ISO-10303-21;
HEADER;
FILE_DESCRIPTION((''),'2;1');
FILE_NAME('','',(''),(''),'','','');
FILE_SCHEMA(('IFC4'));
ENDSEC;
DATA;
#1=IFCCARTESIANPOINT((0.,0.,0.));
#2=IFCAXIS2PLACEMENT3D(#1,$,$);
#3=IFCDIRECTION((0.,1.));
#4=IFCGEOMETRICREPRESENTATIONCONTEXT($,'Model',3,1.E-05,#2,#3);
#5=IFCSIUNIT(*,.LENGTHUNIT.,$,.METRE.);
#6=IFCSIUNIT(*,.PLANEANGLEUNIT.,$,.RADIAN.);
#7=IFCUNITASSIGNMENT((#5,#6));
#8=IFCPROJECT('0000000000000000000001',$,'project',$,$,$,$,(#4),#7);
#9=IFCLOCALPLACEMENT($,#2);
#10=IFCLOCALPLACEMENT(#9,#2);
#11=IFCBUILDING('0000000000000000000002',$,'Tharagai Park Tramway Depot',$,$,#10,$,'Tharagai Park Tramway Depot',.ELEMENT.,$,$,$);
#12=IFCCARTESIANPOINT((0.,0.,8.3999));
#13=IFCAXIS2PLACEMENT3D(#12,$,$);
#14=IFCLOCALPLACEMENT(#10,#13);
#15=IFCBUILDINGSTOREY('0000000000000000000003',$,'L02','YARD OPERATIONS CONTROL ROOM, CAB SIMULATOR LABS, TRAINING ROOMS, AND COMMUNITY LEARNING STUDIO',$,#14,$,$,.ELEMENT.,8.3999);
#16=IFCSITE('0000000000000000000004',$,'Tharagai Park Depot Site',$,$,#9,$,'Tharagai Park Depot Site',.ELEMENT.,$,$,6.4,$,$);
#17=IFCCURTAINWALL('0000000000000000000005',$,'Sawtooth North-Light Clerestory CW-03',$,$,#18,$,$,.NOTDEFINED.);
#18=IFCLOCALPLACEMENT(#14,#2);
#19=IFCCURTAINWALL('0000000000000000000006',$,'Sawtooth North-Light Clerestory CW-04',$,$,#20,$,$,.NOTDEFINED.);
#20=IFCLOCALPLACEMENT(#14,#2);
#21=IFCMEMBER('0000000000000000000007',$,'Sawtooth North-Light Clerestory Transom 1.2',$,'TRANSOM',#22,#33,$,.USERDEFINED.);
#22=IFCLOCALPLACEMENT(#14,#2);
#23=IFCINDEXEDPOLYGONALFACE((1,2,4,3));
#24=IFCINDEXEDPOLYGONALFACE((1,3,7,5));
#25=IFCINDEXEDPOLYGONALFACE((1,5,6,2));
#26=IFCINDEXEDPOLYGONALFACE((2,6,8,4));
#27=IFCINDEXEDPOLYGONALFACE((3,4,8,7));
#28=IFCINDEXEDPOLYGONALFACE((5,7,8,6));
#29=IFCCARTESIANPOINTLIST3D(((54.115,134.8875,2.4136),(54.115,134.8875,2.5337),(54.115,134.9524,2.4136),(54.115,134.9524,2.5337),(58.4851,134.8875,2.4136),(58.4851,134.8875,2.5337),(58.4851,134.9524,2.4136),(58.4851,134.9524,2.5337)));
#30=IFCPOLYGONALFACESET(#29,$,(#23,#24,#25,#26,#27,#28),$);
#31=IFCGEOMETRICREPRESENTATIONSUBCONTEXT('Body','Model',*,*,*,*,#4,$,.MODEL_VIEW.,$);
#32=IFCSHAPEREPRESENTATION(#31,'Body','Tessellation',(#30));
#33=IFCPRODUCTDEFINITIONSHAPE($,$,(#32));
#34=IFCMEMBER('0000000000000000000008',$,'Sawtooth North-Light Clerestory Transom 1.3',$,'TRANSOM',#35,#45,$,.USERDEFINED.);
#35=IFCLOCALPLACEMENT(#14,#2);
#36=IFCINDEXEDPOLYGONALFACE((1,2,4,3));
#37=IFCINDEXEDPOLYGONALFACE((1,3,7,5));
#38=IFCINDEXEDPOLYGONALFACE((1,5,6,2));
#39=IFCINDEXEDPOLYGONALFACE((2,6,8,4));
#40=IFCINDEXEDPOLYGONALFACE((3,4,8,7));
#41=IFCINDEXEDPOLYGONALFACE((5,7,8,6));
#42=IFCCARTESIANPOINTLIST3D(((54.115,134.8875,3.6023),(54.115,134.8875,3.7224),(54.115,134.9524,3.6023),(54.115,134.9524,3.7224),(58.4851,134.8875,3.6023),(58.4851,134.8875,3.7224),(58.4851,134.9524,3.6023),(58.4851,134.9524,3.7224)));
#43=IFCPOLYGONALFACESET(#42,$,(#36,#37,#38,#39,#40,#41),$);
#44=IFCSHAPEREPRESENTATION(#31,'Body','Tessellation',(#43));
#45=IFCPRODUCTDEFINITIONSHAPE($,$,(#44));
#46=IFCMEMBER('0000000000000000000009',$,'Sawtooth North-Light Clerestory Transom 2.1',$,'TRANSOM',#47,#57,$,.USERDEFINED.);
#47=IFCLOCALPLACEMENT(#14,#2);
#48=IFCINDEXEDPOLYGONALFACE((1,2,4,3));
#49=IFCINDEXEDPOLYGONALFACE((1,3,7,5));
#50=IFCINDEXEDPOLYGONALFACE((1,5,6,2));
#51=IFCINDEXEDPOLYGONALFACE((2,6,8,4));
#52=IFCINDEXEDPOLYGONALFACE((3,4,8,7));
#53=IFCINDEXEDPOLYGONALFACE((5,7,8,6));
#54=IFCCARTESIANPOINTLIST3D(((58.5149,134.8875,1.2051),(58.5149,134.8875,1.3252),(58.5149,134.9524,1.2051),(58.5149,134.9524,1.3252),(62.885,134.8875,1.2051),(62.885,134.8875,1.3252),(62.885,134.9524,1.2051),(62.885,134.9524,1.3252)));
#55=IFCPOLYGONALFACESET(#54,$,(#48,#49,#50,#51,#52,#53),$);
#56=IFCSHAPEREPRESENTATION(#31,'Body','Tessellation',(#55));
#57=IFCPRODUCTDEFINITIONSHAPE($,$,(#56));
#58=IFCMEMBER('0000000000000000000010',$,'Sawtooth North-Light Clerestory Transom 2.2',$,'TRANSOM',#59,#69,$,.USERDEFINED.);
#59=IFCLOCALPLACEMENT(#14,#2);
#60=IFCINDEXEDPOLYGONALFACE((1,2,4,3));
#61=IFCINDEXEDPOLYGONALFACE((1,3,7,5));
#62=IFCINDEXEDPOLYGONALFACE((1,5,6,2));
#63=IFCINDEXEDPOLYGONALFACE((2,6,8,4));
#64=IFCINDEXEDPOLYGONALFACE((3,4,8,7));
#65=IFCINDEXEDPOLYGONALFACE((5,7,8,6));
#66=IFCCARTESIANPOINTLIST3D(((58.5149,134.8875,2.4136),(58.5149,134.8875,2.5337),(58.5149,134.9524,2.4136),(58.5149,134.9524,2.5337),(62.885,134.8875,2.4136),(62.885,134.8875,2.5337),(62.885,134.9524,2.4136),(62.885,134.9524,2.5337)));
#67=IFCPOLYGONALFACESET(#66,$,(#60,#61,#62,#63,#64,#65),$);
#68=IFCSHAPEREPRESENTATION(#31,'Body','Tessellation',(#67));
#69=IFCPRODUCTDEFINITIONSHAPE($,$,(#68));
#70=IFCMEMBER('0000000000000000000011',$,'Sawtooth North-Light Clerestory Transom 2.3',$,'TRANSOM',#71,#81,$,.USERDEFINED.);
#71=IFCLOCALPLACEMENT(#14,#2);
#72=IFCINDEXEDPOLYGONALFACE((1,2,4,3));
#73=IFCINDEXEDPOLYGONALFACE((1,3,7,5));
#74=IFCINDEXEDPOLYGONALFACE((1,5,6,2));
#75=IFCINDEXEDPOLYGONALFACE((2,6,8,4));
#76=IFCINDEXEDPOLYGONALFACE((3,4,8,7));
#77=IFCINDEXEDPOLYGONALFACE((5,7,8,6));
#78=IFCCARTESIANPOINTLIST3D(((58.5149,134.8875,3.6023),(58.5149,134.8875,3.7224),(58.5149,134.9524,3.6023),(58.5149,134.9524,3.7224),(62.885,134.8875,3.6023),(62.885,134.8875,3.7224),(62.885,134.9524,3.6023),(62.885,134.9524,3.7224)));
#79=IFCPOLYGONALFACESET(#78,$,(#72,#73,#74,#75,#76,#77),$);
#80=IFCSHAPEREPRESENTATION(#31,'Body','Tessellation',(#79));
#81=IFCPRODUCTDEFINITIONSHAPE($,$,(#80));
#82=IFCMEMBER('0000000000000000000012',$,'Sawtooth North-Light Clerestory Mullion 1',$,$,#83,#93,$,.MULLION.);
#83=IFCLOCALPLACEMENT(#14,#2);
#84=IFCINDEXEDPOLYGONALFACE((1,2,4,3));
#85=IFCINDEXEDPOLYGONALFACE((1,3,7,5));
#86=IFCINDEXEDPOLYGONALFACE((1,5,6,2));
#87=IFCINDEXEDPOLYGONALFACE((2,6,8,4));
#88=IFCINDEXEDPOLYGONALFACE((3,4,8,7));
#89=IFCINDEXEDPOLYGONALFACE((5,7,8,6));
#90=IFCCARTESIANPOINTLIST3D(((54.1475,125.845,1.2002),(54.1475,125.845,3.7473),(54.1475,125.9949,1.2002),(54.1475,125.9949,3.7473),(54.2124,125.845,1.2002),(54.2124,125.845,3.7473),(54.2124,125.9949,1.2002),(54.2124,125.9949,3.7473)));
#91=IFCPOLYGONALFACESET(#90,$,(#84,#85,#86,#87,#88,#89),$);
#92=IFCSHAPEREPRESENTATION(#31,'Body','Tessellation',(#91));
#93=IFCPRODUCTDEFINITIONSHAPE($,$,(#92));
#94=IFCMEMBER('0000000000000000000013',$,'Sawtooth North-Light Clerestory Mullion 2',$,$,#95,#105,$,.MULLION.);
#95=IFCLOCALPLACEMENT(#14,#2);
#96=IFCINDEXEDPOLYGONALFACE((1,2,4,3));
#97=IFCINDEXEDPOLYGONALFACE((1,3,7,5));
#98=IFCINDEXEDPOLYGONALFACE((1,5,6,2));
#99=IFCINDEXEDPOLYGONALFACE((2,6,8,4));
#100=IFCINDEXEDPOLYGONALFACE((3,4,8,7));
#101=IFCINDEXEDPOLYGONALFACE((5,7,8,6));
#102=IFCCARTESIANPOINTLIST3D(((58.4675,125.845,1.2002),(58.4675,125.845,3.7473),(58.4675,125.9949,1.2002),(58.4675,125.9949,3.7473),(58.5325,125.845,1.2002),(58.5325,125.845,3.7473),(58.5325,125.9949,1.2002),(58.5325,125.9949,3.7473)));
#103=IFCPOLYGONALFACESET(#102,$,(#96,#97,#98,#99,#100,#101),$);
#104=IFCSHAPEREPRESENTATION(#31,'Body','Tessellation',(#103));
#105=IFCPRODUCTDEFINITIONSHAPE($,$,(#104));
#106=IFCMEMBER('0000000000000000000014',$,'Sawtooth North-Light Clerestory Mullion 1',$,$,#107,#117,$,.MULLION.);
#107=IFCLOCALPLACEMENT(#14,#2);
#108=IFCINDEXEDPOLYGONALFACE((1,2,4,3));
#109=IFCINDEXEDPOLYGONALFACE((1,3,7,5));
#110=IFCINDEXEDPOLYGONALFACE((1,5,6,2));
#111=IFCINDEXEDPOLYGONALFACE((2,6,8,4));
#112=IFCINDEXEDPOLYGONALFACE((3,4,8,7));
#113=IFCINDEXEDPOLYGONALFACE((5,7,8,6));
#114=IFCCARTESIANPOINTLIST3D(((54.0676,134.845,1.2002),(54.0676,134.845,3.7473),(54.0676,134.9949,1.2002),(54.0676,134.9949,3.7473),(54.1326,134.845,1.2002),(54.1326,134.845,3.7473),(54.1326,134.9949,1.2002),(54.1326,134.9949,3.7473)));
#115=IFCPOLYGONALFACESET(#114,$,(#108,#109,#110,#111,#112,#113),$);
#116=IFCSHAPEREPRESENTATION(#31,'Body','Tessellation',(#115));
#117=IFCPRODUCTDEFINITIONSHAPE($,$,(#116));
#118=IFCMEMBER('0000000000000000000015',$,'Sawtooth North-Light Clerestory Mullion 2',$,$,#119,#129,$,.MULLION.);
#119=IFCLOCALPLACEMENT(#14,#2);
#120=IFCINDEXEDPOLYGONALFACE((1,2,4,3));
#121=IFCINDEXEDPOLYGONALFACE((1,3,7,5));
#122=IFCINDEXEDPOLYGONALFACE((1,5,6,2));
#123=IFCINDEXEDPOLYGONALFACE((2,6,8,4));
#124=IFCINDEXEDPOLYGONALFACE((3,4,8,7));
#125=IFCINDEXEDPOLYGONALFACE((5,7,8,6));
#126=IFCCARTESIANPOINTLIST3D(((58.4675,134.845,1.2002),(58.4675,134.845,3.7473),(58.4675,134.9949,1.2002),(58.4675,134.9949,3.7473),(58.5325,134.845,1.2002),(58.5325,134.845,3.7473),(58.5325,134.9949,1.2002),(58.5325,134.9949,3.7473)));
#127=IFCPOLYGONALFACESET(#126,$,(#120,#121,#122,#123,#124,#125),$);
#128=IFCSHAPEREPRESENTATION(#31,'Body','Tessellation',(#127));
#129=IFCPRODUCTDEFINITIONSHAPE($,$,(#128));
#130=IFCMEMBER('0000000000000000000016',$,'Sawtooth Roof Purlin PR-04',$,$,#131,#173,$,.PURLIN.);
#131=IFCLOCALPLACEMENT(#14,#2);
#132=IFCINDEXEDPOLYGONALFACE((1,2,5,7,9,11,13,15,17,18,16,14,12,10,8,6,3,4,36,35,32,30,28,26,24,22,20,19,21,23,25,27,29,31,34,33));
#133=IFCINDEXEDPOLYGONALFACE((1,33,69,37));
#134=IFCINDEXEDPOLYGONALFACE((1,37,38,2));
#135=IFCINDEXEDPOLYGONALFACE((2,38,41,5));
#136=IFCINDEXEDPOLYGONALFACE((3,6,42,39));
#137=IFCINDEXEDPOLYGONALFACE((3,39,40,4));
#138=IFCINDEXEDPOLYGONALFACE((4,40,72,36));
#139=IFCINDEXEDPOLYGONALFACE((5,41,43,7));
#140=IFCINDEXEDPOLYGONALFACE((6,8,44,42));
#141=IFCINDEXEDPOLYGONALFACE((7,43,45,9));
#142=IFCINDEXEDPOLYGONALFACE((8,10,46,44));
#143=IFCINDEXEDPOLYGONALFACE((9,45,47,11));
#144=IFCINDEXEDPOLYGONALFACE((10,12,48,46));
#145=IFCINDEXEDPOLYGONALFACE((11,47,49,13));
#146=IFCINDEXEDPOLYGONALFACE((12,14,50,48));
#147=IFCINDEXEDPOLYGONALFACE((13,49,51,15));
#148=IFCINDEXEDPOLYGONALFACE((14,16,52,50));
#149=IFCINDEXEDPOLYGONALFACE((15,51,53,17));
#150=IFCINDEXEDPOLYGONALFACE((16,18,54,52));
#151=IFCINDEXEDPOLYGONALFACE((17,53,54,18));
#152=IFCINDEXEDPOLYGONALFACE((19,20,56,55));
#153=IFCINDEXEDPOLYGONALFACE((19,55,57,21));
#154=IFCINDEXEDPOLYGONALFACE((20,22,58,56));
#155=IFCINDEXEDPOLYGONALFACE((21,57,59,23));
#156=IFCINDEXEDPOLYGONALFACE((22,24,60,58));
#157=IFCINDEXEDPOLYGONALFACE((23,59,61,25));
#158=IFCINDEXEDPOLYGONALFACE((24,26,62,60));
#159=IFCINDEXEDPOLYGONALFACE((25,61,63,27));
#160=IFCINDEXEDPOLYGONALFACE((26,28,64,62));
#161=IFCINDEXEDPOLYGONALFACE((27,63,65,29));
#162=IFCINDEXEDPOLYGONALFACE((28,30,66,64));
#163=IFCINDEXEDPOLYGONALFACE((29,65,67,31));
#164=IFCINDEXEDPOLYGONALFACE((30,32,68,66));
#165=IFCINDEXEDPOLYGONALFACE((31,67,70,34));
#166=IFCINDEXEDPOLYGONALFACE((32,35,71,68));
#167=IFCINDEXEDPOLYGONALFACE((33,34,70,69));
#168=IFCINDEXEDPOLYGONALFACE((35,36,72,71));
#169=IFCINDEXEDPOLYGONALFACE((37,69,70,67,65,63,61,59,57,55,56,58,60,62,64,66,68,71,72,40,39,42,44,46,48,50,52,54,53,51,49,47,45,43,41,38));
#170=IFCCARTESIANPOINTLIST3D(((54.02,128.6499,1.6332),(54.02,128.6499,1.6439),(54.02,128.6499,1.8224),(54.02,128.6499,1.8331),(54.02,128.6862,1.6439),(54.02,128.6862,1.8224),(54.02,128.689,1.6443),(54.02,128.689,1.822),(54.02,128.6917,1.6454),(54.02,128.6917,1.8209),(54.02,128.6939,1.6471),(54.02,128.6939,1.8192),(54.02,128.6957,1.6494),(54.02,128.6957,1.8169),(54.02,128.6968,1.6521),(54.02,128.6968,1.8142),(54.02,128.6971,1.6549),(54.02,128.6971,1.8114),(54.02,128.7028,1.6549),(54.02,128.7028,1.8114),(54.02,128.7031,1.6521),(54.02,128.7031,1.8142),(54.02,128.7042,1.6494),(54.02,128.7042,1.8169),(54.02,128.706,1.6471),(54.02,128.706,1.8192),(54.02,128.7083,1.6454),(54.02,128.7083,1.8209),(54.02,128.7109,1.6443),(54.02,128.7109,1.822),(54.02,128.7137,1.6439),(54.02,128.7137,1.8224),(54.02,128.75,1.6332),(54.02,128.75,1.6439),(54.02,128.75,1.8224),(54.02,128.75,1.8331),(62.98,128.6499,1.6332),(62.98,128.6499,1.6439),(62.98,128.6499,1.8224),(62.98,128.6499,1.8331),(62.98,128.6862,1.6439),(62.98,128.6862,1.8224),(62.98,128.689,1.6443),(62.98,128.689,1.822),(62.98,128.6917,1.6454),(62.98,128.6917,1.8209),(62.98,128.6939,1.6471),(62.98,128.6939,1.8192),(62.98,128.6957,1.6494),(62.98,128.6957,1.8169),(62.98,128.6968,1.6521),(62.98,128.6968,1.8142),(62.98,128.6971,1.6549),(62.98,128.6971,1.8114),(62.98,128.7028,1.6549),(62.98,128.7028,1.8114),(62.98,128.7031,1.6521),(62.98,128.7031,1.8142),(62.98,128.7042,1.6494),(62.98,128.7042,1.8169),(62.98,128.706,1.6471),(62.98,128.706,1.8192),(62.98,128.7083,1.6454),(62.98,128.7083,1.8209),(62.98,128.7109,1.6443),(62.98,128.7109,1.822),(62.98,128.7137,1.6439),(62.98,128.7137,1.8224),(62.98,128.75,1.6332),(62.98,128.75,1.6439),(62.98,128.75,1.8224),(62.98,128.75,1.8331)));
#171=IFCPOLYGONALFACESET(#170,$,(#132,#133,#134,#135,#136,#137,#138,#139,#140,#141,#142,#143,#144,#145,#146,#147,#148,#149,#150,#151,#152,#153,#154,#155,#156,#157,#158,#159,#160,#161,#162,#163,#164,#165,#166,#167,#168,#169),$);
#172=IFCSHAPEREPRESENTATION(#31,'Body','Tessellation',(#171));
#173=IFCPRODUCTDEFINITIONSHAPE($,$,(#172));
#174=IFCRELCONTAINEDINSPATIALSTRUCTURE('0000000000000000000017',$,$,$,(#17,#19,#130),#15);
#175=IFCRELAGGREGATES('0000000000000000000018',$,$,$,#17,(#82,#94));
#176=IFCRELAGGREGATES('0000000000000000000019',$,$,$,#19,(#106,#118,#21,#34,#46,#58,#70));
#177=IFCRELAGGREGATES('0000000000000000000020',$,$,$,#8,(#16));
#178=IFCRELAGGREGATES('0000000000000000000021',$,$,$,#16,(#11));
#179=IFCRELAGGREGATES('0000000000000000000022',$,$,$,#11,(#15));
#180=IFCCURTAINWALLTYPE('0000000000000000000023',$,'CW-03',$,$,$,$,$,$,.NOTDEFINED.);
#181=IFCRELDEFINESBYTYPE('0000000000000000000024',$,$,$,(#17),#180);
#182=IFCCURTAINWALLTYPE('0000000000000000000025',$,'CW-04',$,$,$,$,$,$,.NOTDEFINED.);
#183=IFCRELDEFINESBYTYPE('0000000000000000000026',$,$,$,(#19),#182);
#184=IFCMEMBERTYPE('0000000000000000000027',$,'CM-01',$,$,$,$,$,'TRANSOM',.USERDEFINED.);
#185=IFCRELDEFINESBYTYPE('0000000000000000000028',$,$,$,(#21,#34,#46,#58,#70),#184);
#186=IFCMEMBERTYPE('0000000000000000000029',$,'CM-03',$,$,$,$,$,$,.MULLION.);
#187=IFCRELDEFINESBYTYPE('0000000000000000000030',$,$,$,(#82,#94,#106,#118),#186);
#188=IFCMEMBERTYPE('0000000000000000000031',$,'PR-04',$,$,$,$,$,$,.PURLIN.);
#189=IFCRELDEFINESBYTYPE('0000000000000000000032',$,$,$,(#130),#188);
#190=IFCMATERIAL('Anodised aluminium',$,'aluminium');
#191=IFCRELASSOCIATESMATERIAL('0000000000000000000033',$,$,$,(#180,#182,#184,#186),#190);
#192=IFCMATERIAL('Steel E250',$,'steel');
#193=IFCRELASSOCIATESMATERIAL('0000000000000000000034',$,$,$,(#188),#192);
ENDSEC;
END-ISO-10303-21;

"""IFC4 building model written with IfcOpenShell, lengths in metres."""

from ifc_helpers import new_model, si_unit, direction, frame, origin, origin_2d, place, context, subcontext, project, spatial, rectangle, i_section, extrude, material, material_profile, profile_set, type_object, element, aggregate, save


model = new_model("IFC4")

# Units and contexts
model_context = context("Model", 3, precision=1e-05, world=origin(), true_north=direction((0.0, 1.0)))
body_context = subcontext(model_context, "Body", "Model", "MODEL_VIEW")
ifc_project = project(units=[si_unit("LENGTHUNIT", "METRE"), si_unit("PLANEANGLEUNIT", "RADIAN")], contexts=[model_context])

# Site, building, storey
site_placement = place(None, origin())
site = spatial("IfcSite", under=ifc_project, at=site_placement, Name="Tharagai Park Depot Site", LongName="Tharagai Park Depot Site", CompositionType="ELEMENT", RefElevation=6.4)
building_placement = place(site_placement, origin())
building = spatial("IfcBuilding", under=site, at=building_placement, Name="Tharagai Park Tramway Depot", LongName="Tharagai Park Tramway Depot", CompositionType="ELEMENT")
storey_placement = place(building_placement, frame((0.0, 0.0, 8.3999)))
storey = spatial("IfcBuildingStorey", under=building, at=storey_placement, Name="L02", Description="YARD OPERATIONS CONTROL ROOM, CAB SIMULATOR LABS, TRAINING ROOMS, AND COMMUNITY LEARNING STUDIO", CompositionType="ELEMENT", Elevation=8.3999)

# Curtain walls, members
ifc_material_1 = material(Name="Anodised aluminium", Category="aluminium")
curtain_wall_type_1 = type_object("IfcCurtainWallType", Name="CW-03", PredefinedType="NOTDEFINED", material=ifc_material_1)
curtain_wall_1_placement = place(storey_placement, origin())
curtain_wall_1 = element("IfcCurtainWall", 1, at=curtain_wall_1_placement, inside=storey, type_object=curtain_wall_type_1, Name="Sawtooth North-Light Clerestory CW-03", PredefinedType="NOTDEFINED")
ifc_material_profile_1 = material_profile(ifc_material_1, rectangle(XDim=0.0649, YDim=0.1201, at=origin_2d()), Name="ALU 65x120")
ifc_profile_set_1 = profile_set([ifc_material_profile_1], Name="Anodised aluminium")
member_type_1 = type_object("IfcMemberType", Name="CM-01", ElementType="TRANSOM", PredefinedType="USERDEFINED", material=ifc_profile_set_1)
curtain_wall_type_2 = type_object("IfcCurtainWallType", Name="CW-04", PredefinedType="NOTDEFINED", material=ifc_material_1)
curtain_wall_2_placement = place(storey_placement, origin())
curtain_wall_2 = element("IfcCurtainWall", 2, at=curtain_wall_2_placement, inside=storey, type_object=curtain_wall_type_2, Name="Sawtooth North-Light Clerestory CW-04", PredefinedType="NOTDEFINED")
member_1_placement = place(storey_placement, frame((54.115, 134.9199, 2.4736), z_axis=(1.0, 0.0, 0.0), x_axis=(0.0, 1.0, 0.0)))
member_1 = element("IfcMember", 3, at=member_1_placement, type_object=member_type_1, Name="Sawtooth North-Light Clerestory Transom 1.2", ObjectType="TRANSOM", PredefinedType="USERDEFINED", context=body_context, shape_type="SweptSolid", body=[
    extrude(rectangle(XDim=0.0649, YDim=0.1201, at=origin_2d()), origin(), (0.0, 0.0, 1.0), 4.3701),
])
member_2_placement = place(storey_placement, frame((54.115, 134.9199, 3.6624), z_axis=(1.0, 0.0, 0.0), x_axis=(0.0, 1.0, 0.0)))
member_2 = element("IfcMember", 4, at=member_2_placement, type_object=member_type_1, Name="Sawtooth North-Light Clerestory Transom 1.3", ObjectType="TRANSOM", PredefinedType="USERDEFINED", context=body_context, shape_type="SweptSolid", body=[
    extrude(rectangle(XDim=0.0649, YDim=0.1201, at=origin_2d()), origin(), (0.0, 0.0, 1.0), 4.3701),
])
member_3_placement = place(storey_placement, frame((58.5149, 134.9199, 1.2651), z_axis=(1.0, 0.0, 0.0), x_axis=(0.0, 1.0, 0.0)))
member_3 = element("IfcMember", 5, at=member_3_placement, type_object=member_type_1, Name="Sawtooth North-Light Clerestory Transom 2.1", ObjectType="TRANSOM", PredefinedType="USERDEFINED", context=body_context, shape_type="SweptSolid", body=[
    extrude(rectangle(XDim=0.0649, YDim=0.1201, at=origin_2d()), origin(), (0.0, 0.0, 1.0), 4.3701),
])
member_4_placement = place(storey_placement, frame((58.5149, 134.9199, 2.4736), z_axis=(1.0, 0.0, 0.0), x_axis=(0.0, 1.0, 0.0)))
member_4 = element("IfcMember", 6, at=member_4_placement, type_object=member_type_1, Name="Sawtooth North-Light Clerestory Transom 2.2", ObjectType="TRANSOM", PredefinedType="USERDEFINED", context=body_context, shape_type="SweptSolid", body=[
    extrude(rectangle(XDim=0.0649, YDim=0.1201, at=origin_2d()), origin(), (0.0, 0.0, 1.0), 4.3701),
])
member_5_placement = place(storey_placement, frame((58.5149, 134.9199, 3.6624), z_axis=(1.0, 0.0, 0.0), x_axis=(0.0, 1.0, 0.0)))
member_5 = element("IfcMember", 7, at=member_5_placement, type_object=member_type_1, Name="Sawtooth North-Light Clerestory Transom 2.3", ObjectType="TRANSOM", PredefinedType="USERDEFINED", context=body_context, shape_type="SweptSolid", body=[
    extrude(rectangle(XDim=0.0649, YDim=0.1201, at=origin_2d()), origin(), (0.0, 0.0, 1.0), 4.3701),
])

# Members
ifc_material_profile_2 = material_profile(ifc_material_1, rectangle(XDim=0.0649, YDim=0.1499, at=origin_2d()), Name="ALU 65x150")
ifc_profile_set_2 = profile_set([ifc_material_profile_2], Name="Anodised aluminium")
member_type_2 = type_object("IfcMemberType", Name="CM-03", PredefinedType="MULLION", material=ifc_profile_set_2)
member_6_placement = place(storey_placement, frame((54.1799, 125.9199, 1.2002), z_axis=(0.0, 0.0, 1.0), x_axis=(1.0, 0.0, 0.0)))
member_6 = element("IfcMember", 8, at=member_6_placement, type_object=member_type_2, Name="Sawtooth North-Light Clerestory Mullion 1", PredefinedType="MULLION", context=body_context, shape_type="SweptSolid", body=[
    extrude(rectangle(XDim=0.0649, YDim=0.1499, at=origin_2d()), origin(), (0.0, 0.0, 1.0), 2.5471),
])
member_7_placement = place(storey_placement, frame((58.5, 125.9199, 1.2002), z_axis=(0.0, 0.0, 1.0), x_axis=(1.0, 0.0, 0.0)))
member_7 = element("IfcMember", 9, at=member_7_placement, type_object=member_type_2, Name="Sawtooth North-Light Clerestory Mullion 2", PredefinedType="MULLION", context=body_context, shape_type="SweptSolid", body=[
    extrude(rectangle(XDim=0.0649, YDim=0.1499, at=origin_2d()), origin(), (0.0, 0.0, 1.0), 2.5471),
])
member_8_placement = place(storey_placement, frame((54.1001, 134.9199, 1.2002), z_axis=(0.0, 0.0, 1.0), x_axis=(1.0, 0.0, 0.0)))
member_8 = element("IfcMember", 10, at=member_8_placement, type_object=member_type_2, Name="Sawtooth North-Light Clerestory Mullion 1", PredefinedType="MULLION", context=body_context, shape_type="SweptSolid", body=[
    extrude(rectangle(XDim=0.0649, YDim=0.1499, at=origin_2d()), origin(), (0.0, 0.0, 1.0), 2.5471),
])
member_9_placement = place(storey_placement, frame((58.5, 134.9199, 1.2002), z_axis=(0.0, 0.0, 1.0), x_axis=(1.0, 0.0, 0.0)))
member_9 = element("IfcMember", 11, at=member_9_placement, type_object=member_type_2, Name="Sawtooth North-Light Clerestory Mullion 2", PredefinedType="MULLION", context=body_context, shape_type="SweptSolid", body=[
    extrude(rectangle(XDim=0.0649, YDim=0.1499, at=origin_2d()), origin(), (0.0, 0.0, 1.0), 2.5471),
])

# Member
ifc_material_2 = material(Name="Steel E250", Category="steel")
ifc_material_profile_3 = material_profile(ifc_material_2, i_section(OverallWidth=0.1001, OverallDepth=0.2, WebThickness=0.0056, FlangeThickness=0.0107, FilletRadius=0.011, at=origin_2d()), Name="ISMB 200")
ifc_profile_set_3 = profile_set([ifc_material_profile_3], Name="Steel E250")
member_type_3 = type_object("IfcMemberType", Name="PR-04", PredefinedType="PURLIN", material=ifc_profile_set_3)
for number, where, z_axis, x_axis, name in (
    (12, (54.02, 128.7, 1.7332), (1.0, 0.0, 0.0), (0.0, 1.0, 0.0), "Sawtooth Roof Purlin PR-04"),
):
    element("IfcMember", number, at=place(storey_placement, frame(where, z_axis=z_axis, x_axis=x_axis)), inside=storey, type_object=member_type_3, Name=name, PredefinedType="PURLIN", context=body_context, shape_type="SweptSolid", body=[
        extrude(i_section(OverallWidth=0.1001, OverallDepth=0.2, WebThickness=0.0056, FlangeThickness=0.0107, FilletRadius=0.011, at=origin_2d()), origin(), (0.0, 0.0, 1.0), 8.96),
    ])

aggregate(curtain_wall_1, [member_6, member_7])
aggregate(curtain_wall_2, [member_8, member_9, member_1, member_2, member_3, member_4, member_5])

save(model, "model.ifc")
